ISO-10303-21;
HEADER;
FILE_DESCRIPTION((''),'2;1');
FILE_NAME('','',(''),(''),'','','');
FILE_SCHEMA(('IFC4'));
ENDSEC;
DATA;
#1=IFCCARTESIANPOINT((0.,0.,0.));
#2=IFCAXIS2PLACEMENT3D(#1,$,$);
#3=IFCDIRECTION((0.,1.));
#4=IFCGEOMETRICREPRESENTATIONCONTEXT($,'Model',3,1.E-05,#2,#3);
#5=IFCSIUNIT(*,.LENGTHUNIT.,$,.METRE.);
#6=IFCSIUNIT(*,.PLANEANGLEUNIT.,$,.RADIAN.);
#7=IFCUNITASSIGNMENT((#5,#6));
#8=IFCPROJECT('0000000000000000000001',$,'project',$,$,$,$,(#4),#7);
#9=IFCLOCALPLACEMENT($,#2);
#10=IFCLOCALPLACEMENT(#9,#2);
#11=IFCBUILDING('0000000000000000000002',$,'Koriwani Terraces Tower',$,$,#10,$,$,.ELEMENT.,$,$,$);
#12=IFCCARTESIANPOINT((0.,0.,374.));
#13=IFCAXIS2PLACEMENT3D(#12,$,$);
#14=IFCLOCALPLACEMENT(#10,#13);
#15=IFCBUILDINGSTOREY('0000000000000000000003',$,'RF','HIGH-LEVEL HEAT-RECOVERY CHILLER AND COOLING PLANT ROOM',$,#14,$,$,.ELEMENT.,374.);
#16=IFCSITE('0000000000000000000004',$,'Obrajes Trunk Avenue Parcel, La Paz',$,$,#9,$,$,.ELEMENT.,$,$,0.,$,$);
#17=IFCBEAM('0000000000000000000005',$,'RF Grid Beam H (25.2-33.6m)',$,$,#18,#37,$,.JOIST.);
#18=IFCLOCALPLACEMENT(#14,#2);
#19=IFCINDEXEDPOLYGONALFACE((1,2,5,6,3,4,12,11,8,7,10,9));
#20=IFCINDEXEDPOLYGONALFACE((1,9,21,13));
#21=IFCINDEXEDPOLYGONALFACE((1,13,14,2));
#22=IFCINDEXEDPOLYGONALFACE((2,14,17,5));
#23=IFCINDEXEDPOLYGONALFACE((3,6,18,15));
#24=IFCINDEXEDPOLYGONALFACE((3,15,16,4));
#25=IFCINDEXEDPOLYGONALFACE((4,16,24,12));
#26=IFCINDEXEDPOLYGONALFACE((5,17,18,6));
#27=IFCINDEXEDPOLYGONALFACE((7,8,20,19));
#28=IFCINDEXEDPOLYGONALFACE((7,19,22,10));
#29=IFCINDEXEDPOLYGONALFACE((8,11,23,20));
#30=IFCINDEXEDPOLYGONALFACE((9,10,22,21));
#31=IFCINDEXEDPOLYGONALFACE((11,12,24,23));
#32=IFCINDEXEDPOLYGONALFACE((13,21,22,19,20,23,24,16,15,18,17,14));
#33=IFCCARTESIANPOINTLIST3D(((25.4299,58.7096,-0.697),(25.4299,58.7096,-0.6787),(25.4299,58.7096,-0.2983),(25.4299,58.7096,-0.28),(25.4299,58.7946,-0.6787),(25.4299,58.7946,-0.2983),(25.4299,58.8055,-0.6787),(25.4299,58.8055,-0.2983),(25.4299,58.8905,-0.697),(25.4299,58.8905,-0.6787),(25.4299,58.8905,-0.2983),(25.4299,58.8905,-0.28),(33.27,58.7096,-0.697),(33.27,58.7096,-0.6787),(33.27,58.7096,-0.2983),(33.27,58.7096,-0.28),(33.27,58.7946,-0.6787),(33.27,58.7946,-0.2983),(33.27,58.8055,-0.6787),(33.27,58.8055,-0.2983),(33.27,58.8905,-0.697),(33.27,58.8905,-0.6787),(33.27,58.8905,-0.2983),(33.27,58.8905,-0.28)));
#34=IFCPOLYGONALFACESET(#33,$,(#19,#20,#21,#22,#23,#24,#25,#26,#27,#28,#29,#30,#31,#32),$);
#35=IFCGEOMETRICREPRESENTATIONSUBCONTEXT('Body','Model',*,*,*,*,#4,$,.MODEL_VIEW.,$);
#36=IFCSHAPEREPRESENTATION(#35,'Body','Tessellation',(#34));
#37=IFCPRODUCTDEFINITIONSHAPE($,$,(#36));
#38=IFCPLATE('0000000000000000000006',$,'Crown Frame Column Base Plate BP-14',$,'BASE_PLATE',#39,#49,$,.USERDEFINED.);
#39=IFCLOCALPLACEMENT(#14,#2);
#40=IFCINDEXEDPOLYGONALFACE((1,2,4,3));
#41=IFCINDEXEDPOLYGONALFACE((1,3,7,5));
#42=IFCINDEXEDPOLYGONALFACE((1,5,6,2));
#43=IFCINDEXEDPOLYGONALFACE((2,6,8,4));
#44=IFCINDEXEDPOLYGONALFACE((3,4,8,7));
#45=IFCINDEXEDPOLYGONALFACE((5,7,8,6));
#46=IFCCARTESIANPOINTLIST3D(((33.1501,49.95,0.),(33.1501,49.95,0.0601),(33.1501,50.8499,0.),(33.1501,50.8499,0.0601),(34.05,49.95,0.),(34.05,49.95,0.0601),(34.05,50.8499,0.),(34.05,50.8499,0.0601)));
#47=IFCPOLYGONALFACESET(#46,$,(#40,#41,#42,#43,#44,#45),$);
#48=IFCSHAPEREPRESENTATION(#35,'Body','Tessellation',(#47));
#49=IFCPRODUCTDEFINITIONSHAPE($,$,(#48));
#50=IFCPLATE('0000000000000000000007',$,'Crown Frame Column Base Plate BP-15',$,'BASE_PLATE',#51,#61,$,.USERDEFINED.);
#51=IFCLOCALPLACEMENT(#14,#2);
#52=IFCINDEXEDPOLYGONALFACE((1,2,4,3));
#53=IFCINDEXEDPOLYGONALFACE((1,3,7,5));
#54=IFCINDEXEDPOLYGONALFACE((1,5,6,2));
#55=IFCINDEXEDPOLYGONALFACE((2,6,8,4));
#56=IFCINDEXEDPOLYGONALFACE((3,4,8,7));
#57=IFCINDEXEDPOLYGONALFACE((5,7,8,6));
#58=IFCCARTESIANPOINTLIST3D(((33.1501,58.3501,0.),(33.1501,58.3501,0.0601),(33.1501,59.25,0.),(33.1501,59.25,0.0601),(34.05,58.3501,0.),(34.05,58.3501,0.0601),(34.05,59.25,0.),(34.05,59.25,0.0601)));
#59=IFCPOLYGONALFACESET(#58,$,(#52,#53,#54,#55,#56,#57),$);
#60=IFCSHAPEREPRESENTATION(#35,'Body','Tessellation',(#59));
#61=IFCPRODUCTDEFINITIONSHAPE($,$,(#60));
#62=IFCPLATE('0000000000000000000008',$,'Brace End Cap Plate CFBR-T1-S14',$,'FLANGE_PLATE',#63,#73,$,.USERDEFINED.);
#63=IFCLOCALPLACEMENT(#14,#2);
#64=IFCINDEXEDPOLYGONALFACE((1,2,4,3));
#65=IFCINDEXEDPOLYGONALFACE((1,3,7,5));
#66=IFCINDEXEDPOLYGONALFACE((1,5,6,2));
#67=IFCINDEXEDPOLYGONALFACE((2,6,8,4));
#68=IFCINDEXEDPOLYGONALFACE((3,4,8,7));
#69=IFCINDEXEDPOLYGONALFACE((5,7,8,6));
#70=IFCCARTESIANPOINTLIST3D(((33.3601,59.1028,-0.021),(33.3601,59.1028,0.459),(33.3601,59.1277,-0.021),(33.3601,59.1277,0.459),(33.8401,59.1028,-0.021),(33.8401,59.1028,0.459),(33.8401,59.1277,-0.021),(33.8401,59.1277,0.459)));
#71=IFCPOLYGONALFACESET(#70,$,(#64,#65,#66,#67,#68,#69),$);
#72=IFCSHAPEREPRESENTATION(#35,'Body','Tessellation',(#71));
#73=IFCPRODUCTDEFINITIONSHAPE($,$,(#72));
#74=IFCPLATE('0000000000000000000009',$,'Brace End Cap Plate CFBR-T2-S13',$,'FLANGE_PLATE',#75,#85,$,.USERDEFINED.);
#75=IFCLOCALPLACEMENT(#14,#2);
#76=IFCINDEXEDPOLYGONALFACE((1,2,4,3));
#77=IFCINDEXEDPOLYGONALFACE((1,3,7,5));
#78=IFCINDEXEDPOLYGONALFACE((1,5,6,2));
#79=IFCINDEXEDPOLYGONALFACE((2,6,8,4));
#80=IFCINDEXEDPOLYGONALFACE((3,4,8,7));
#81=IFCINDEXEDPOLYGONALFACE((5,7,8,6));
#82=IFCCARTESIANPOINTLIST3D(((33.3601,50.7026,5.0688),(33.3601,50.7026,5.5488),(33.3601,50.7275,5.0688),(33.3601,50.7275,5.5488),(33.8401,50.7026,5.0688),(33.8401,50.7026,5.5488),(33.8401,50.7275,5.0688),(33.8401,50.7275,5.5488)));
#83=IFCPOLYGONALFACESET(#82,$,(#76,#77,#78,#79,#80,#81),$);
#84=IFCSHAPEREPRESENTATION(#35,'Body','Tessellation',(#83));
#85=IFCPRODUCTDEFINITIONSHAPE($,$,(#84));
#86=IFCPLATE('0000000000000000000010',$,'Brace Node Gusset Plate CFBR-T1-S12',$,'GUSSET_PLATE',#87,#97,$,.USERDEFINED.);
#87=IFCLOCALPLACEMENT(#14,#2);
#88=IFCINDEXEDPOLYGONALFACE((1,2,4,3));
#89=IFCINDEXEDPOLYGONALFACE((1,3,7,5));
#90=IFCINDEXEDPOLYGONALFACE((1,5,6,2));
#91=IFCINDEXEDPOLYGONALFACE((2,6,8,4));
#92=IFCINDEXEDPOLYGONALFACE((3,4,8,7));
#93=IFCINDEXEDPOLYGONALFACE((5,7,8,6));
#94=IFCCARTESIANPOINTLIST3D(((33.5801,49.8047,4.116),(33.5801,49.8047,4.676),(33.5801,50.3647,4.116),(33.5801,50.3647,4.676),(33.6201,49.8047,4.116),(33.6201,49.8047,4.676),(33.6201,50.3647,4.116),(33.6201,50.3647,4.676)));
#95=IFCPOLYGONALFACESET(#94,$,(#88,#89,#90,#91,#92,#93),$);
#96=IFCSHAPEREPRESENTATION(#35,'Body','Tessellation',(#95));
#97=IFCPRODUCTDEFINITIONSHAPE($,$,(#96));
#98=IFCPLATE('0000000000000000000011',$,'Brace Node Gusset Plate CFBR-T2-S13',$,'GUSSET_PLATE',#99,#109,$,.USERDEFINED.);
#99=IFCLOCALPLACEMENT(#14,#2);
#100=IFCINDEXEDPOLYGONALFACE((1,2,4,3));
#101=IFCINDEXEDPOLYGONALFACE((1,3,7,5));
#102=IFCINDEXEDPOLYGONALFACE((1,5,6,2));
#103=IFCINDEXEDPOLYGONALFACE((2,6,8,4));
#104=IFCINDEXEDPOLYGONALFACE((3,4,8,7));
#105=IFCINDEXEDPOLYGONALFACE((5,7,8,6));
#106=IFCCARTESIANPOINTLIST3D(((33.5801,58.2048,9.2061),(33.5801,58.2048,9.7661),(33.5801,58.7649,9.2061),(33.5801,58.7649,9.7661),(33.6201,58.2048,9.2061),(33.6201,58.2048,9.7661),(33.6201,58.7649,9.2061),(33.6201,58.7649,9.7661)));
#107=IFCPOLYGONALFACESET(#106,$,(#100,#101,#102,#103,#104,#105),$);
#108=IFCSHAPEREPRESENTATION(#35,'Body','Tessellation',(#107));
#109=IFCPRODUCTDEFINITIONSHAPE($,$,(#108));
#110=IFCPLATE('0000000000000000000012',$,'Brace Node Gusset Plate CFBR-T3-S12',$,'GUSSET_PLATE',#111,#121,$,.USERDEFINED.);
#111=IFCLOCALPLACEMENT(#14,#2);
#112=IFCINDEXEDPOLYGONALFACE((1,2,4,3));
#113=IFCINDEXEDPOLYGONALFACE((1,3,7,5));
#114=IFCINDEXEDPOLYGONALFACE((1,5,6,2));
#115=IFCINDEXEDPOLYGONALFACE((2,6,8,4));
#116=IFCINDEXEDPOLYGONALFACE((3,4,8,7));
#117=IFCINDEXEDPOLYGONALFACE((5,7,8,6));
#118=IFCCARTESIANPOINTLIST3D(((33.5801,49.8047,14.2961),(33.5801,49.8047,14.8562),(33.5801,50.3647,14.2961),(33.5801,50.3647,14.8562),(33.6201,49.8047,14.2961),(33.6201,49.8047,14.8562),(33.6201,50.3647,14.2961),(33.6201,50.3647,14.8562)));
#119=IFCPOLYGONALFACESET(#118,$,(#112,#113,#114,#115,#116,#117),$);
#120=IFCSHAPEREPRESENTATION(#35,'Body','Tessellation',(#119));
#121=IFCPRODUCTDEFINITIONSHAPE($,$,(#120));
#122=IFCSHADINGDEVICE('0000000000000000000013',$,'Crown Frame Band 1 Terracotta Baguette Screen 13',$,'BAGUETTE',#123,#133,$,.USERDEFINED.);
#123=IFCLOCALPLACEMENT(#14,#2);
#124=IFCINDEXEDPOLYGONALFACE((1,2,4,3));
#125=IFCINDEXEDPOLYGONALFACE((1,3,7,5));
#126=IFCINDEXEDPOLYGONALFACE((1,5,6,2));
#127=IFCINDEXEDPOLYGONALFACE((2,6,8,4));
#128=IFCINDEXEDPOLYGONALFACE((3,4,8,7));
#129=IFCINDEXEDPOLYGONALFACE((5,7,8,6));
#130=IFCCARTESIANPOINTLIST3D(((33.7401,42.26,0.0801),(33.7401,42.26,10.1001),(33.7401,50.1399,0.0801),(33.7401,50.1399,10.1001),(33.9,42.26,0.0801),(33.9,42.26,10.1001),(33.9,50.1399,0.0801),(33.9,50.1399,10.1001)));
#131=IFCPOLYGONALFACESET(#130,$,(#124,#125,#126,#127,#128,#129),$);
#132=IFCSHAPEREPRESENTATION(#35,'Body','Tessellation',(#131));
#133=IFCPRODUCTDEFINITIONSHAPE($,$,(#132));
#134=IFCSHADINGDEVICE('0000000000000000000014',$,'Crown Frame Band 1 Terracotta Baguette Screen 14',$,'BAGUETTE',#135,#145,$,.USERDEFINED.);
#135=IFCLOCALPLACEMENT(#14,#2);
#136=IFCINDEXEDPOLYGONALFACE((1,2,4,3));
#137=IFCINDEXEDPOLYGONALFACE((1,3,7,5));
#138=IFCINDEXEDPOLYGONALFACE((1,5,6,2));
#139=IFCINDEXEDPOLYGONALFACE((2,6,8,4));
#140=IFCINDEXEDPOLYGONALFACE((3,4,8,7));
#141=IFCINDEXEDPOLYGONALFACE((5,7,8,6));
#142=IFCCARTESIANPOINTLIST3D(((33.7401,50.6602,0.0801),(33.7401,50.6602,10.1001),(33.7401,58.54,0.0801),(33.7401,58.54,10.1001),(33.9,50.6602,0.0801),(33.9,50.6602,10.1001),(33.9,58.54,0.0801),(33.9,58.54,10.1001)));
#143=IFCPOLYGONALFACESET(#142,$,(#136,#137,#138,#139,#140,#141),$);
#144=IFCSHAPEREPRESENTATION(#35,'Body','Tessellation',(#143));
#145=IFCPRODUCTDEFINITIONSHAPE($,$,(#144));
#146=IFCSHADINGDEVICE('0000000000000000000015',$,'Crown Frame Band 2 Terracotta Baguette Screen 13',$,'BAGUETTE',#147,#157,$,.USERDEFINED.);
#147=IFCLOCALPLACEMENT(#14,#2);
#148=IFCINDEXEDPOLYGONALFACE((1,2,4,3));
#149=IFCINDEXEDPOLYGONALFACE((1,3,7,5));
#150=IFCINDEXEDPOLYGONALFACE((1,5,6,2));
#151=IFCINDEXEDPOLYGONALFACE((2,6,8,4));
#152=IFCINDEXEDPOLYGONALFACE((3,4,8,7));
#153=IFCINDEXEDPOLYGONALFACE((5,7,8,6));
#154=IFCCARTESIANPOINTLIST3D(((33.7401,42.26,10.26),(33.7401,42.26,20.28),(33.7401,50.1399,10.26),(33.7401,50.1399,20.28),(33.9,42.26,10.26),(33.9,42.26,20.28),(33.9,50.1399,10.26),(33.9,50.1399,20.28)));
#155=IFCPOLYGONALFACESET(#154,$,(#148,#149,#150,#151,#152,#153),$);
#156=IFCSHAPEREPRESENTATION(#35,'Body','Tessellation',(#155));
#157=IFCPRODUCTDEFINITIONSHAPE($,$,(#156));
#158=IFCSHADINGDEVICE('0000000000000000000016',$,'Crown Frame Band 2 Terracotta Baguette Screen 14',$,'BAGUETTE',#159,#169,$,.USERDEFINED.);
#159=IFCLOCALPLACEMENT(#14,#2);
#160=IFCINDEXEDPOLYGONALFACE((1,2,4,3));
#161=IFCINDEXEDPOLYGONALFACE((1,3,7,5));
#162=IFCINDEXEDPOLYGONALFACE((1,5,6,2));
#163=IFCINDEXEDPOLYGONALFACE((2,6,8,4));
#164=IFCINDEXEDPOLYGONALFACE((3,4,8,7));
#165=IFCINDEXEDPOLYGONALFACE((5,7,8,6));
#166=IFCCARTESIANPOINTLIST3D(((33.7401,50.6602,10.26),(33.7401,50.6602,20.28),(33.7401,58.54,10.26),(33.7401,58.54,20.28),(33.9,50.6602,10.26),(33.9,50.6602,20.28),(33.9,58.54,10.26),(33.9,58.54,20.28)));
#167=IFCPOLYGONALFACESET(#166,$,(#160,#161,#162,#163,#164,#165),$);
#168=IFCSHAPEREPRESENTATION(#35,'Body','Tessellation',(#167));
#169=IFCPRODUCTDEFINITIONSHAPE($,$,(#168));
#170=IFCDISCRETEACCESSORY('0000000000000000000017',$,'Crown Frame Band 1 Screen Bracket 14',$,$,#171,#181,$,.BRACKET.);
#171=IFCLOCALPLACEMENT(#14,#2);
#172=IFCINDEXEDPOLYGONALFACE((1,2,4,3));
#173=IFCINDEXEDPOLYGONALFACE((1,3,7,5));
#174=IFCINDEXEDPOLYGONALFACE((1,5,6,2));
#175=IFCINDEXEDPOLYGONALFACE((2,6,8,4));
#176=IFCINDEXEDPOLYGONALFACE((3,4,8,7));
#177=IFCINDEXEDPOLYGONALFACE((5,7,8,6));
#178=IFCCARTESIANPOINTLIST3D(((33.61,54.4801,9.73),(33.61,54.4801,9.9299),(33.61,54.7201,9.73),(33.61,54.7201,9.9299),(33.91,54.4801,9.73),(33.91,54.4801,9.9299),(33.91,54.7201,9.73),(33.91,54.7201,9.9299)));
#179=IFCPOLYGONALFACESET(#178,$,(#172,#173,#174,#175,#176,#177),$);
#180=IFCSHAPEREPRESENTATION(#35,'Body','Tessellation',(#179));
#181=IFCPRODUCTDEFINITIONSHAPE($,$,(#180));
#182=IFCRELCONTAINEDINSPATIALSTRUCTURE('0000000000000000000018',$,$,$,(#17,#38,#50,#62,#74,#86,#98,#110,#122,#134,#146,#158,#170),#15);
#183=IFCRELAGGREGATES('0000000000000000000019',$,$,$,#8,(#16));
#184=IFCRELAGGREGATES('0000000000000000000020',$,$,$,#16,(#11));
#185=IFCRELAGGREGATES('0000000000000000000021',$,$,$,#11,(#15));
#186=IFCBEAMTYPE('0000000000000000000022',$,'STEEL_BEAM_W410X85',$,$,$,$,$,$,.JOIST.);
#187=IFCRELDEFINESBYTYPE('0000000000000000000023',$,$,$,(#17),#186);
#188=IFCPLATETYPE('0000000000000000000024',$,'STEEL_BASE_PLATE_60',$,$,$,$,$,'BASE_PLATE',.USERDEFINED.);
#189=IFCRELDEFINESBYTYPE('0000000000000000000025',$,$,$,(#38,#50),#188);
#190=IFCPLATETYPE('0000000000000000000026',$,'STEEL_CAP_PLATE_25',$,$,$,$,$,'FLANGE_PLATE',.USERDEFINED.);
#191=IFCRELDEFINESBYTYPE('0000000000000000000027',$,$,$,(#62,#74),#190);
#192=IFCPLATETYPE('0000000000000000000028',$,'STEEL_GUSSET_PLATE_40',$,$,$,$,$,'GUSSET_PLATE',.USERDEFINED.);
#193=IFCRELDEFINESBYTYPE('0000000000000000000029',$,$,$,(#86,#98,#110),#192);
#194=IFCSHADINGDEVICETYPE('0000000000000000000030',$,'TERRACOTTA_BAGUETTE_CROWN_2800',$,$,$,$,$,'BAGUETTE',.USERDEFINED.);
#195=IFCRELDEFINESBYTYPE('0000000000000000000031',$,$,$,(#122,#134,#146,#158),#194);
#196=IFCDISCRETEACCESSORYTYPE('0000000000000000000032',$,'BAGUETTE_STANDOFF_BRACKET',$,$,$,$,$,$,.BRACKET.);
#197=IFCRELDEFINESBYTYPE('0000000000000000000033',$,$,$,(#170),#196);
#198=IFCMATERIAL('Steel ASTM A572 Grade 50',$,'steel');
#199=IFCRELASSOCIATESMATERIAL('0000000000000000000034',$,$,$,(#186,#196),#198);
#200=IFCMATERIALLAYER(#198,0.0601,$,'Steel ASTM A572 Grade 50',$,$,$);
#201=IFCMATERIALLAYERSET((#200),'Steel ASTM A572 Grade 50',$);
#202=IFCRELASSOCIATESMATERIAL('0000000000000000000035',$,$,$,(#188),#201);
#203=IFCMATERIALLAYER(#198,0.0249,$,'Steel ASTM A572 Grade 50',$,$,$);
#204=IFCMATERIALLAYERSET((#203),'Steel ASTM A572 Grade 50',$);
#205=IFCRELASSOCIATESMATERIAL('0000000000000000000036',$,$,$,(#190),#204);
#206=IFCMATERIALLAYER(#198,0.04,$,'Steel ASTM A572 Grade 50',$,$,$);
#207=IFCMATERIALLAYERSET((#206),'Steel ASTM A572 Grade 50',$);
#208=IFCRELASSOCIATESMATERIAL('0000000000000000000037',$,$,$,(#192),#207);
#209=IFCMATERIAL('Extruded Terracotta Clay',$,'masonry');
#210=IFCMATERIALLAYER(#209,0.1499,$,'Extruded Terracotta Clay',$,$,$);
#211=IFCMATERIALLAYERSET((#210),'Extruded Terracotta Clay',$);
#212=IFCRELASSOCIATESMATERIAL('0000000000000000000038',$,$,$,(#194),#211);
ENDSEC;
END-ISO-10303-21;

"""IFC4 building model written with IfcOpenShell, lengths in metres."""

from ifc_helpers import new_model, si_unit, direction, frame, origin, origin_2d, place, context, subcontext, project, spatial, rectangle, i_section, extrude, material, layer, layer_set, material_profile, profile_set, type_object, element, save


model = new_model("IFC4")

# Units and contexts
model_context = context("Model", 3, precision=1e-05, world=origin(), true_north=direction((0.0, 1.0)))
body_context = subcontext(model_context, "Body", "Model", "MODEL_VIEW")
ifc_project = project(units=[si_unit("LENGTHUNIT", "METRE"), si_unit("PLANEANGLEUNIT", "RADIAN")], contexts=[model_context])

# Site, building, storey
site_placement = place(None, origin())
site = spatial("IfcSite", under=ifc_project, at=site_placement, Name="Obrajes Trunk Avenue Parcel, La Paz", CompositionType="ELEMENT", RefElevation=0.0)
building_placement = place(site_placement, origin())
building = spatial("IfcBuilding", under=site, at=building_placement, Name="Koriwani Terraces Tower", CompositionType="ELEMENT")
storey_placement = place(building_placement, frame((0.0, 0.0, 374.0)))
storey = spatial("IfcBuildingStorey", under=building, at=storey_placement, Name="RF", Description="HIGH-LEVEL HEAT-RECOVERY CHILLER AND COOLING PLANT ROOM", CompositionType="ELEMENT", Elevation=374.0)

# Shared definitions
ifc_material_1 = material(Name="Steel ASTM A572 Grade 50", Category="steel")

# Beam
ifc_material_profile_1 = material_profile(ifc_material_1, i_section(OverallWidth=0.1809, OverallDepth=0.417, WebThickness=0.011, FlangeThickness=0.0183, at=origin_2d()), Name="Steel ASTM A572 Grade 50", Category="LoadBearing")
ifc_profile_set_1 = profile_set([ifc_material_profile_1], Name="Steel ASTM A572 Grade 50")
beam_type_1 = type_object("IfcBeamType", Name="STEEL_BEAM_W410X85", PredefinedType="JOIST", material=ifc_profile_set_1)
beam_1_placement = place(storey_placement, frame((25.4299, 58.8, -0.4885), z_axis=(1.0, 0.0, 0.0), x_axis=(0.0, 1.0, 0.0)))
element("IfcBeam", 1, at=beam_1_placement, inside=storey, type_object=beam_type_1, Name="RF Grid Beam H (25.2-33.6m)", PredefinedType="JOIST", context=body_context, shape_type="SweptSolid", body=[
    extrude(i_section(OverallWidth=0.1809, OverallDepth=0.417, WebThickness=0.011, FlangeThickness=0.0183, at=origin_2d()), origin(), (0.0, 0.0, 1.0), 7.8401),
])

# Plates
ifc_layer_1 = layer(ifc_material_1, 0.0601, Name="Steel ASTM A572 Grade 50")
ifc_layer_set_1 = layer_set([ifc_layer_1], Name="Steel ASTM A572 Grade 50")
plate_type_1 = type_object("IfcPlateType", Name="STEEL_BASE_PLATE_60", ElementType="BASE_PLATE", PredefinedType="USERDEFINED", material=ifc_layer_set_1)
for number, where, z_axis, x_axis, name in (
    (2, (33.6001, 50.3999, 0.0), (0.0, 0.0, 1.0), (1.0, 0.0, 0.0), "Crown Frame Column Base Plate BP-14"),
    (3, (33.6001, 58.8, 0.0), (0.0, 0.0, 1.0), (1.0, 0.0, 0.0), "Crown Frame Column Base Plate BP-15"),
):
    element("IfcPlate", number, at=place(storey_placement, frame(where, z_axis=z_axis, x_axis=x_axis)), inside=storey, type_object=plate_type_1, Name=name, ObjectType="BASE_PLATE", PredefinedType="USERDEFINED", context=body_context, shape_type="SweptSolid", body=[
        extrude(rectangle(XDim=0.8999, YDim=0.8999, at=origin_2d()), origin(), (0.0, 0.0, 1.0), 0.0601),
    ])
ifc_layer_2 = layer(ifc_material_1, 0.0249, Name="Steel ASTM A572 Grade 50")
ifc_layer_set_2 = layer_set([ifc_layer_2], Name="Steel ASTM A572 Grade 50")
plate_type_2 = type_object("IfcPlateType", Name="STEEL_CAP_PLATE_25", ElementType="FLANGE_PLATE", PredefinedType="USERDEFINED", material=ifc_layer_set_2)
for number, where, z_axis, x_axis, name in (
    (4, (33.6001, 59.1152, -0.021), (0.0, 0.0, 1.0), (0.0, 1.0, 0.0), "Brace End Cap Plate CFBR-T1-S14"),
    (5, (33.6001, 50.7151, 5.0688), (0.0, 0.0, 1.0), (0.0, 1.0, 0.0), "Brace End Cap Plate CFBR-T2-S13"),
):
    element("IfcPlate", number, at=place(storey_placement, frame(where, z_axis=z_axis, x_axis=x_axis)), inside=storey, type_object=plate_type_2, Name=name, ObjectType="FLANGE_PLATE", PredefinedType="USERDEFINED", context=body_context, shape_type="SweptSolid", body=[
        extrude(rectangle(XDim=0.0249, YDim=0.48, at=origin_2d()), origin(), (0.0, 0.0, 1.0), 0.48),
    ])
ifc_layer_3 = layer(ifc_material_1, 0.04, Name="Steel ASTM A572 Grade 50")
ifc_layer_set_3 = layer_set([ifc_layer_3], Name="Steel ASTM A572 Grade 50")
plate_type_3 = type_object("IfcPlateType", Name="STEEL_GUSSET_PLATE_40", ElementType="GUSSET_PLATE", PredefinedType="USERDEFINED", material=ifc_layer_set_3)
for number, where, z_axis, x_axis, name in (
    (6, (33.6001, 50.0847, 4.116), (0.0, 0.0, 1.0), (0.0, 1.0, 0.0), "Brace Node Gusset Plate CFBR-T1-S12"),
    (7, (33.6001, 58.4849, 9.2061), (0.0, 0.0, 1.0), (0.0, 1.0, 0.0), "Brace Node Gusset Plate CFBR-T2-S13"),
    (8, (33.6001, 50.0847, 14.2961), (0.0, 0.0, 1.0), (0.0, 1.0, 0.0), "Brace Node Gusset Plate CFBR-T3-S12"),
):
    element("IfcPlate", number, at=place(storey_placement, frame(where, z_axis=z_axis, x_axis=x_axis)), inside=storey, type_object=plate_type_3, Name=name, ObjectType="GUSSET_PLATE", PredefinedType="USERDEFINED", context=body_context, shape_type="SweptSolid", body=[
        extrude(rectangle(XDim=0.5601, YDim=0.04, at=origin_2d()), origin(), (0.0, 0.0, 1.0), 0.5601),
    ])

# Shading devices
ifc_material_2 = material(Name="Extruded Terracotta Clay", Category="masonry")
ifc_layer_4 = layer(ifc_material_2, 0.1499, Name="Extruded Terracotta Clay")
ifc_layer_set_4 = layer_set([ifc_layer_4], Name="Extruded Terracotta Clay")
shading_device_type = type_object("IfcShadingDeviceType", Name="TERRACOTTA_BAGUETTE_CROWN_2800", ElementType="BAGUETTE", PredefinedType="USERDEFINED", material=ifc_layer_set_4)
for number, where, z_axis, x_axis, name in (
    (9, (33.8201, 46.2, 0.0801), (0.0, 0.0, 1.0), (0.0, 1.0, 0.0), "Crown Frame Band 1 Terracotta Baguette Screen 13"),
    (10, (33.8201, 54.6001, 0.0801), (0.0, 0.0, 1.0), (0.0, 1.0, 0.0), "Crown Frame Band 1 Terracotta Baguette Screen 14"),
    (11, (33.8201, 46.2, 10.26), (0.0, 0.0, 1.0), (0.0, 1.0, 0.0), "Crown Frame Band 2 Terracotta Baguette Screen 13"),
    (12, (33.8201, 54.6001, 10.26), (0.0, 0.0, 1.0), (0.0, 1.0, 0.0), "Crown Frame Band 2 Terracotta Baguette Screen 14"),
):
    element("IfcShadingDevice", number, at=place(storey_placement, frame(where, z_axis=z_axis, x_axis=x_axis)), inside=storey, type_object=shading_device_type, Name=name, ObjectType="BAGUETTE", PredefinedType="USERDEFINED", context=body_context, shape_type="SweptSolid", body=[
        extrude(rectangle(XDim=7.8799, YDim=0.1599, at=origin_2d()), origin(), (0.0, 0.0, 1.0), 10.02),
    ])

# Discrete accessory
discrete_accessory_type = type_object("IfcDiscreteAccessoryType", Name="BAGUETTE_STANDOFF_BRACKET", PredefinedType="BRACKET", material=ifc_material_1)
discrete_accessory_placement = place(storey_placement, frame((33.76, 54.6001, 9.73), z_axis=(0.0, 0.0, 1.0), x_axis=(0.0, 1.0, 0.0)))
element("IfcDiscreteAccessory", 13, at=discrete_accessory_placement, inside=storey, type_object=discrete_accessory_type, Name="Crown Frame Band 1 Screen Bracket 14", PredefinedType="BRACKET", context=body_context, shape_type="SweptSolid", body=[
    extrude(rectangle(XDim=0.24, YDim=0.3, at=origin_2d()), origin(), (0.0, 0.0, 1.0), 0.2),
])

save(model, "model.ifc")
